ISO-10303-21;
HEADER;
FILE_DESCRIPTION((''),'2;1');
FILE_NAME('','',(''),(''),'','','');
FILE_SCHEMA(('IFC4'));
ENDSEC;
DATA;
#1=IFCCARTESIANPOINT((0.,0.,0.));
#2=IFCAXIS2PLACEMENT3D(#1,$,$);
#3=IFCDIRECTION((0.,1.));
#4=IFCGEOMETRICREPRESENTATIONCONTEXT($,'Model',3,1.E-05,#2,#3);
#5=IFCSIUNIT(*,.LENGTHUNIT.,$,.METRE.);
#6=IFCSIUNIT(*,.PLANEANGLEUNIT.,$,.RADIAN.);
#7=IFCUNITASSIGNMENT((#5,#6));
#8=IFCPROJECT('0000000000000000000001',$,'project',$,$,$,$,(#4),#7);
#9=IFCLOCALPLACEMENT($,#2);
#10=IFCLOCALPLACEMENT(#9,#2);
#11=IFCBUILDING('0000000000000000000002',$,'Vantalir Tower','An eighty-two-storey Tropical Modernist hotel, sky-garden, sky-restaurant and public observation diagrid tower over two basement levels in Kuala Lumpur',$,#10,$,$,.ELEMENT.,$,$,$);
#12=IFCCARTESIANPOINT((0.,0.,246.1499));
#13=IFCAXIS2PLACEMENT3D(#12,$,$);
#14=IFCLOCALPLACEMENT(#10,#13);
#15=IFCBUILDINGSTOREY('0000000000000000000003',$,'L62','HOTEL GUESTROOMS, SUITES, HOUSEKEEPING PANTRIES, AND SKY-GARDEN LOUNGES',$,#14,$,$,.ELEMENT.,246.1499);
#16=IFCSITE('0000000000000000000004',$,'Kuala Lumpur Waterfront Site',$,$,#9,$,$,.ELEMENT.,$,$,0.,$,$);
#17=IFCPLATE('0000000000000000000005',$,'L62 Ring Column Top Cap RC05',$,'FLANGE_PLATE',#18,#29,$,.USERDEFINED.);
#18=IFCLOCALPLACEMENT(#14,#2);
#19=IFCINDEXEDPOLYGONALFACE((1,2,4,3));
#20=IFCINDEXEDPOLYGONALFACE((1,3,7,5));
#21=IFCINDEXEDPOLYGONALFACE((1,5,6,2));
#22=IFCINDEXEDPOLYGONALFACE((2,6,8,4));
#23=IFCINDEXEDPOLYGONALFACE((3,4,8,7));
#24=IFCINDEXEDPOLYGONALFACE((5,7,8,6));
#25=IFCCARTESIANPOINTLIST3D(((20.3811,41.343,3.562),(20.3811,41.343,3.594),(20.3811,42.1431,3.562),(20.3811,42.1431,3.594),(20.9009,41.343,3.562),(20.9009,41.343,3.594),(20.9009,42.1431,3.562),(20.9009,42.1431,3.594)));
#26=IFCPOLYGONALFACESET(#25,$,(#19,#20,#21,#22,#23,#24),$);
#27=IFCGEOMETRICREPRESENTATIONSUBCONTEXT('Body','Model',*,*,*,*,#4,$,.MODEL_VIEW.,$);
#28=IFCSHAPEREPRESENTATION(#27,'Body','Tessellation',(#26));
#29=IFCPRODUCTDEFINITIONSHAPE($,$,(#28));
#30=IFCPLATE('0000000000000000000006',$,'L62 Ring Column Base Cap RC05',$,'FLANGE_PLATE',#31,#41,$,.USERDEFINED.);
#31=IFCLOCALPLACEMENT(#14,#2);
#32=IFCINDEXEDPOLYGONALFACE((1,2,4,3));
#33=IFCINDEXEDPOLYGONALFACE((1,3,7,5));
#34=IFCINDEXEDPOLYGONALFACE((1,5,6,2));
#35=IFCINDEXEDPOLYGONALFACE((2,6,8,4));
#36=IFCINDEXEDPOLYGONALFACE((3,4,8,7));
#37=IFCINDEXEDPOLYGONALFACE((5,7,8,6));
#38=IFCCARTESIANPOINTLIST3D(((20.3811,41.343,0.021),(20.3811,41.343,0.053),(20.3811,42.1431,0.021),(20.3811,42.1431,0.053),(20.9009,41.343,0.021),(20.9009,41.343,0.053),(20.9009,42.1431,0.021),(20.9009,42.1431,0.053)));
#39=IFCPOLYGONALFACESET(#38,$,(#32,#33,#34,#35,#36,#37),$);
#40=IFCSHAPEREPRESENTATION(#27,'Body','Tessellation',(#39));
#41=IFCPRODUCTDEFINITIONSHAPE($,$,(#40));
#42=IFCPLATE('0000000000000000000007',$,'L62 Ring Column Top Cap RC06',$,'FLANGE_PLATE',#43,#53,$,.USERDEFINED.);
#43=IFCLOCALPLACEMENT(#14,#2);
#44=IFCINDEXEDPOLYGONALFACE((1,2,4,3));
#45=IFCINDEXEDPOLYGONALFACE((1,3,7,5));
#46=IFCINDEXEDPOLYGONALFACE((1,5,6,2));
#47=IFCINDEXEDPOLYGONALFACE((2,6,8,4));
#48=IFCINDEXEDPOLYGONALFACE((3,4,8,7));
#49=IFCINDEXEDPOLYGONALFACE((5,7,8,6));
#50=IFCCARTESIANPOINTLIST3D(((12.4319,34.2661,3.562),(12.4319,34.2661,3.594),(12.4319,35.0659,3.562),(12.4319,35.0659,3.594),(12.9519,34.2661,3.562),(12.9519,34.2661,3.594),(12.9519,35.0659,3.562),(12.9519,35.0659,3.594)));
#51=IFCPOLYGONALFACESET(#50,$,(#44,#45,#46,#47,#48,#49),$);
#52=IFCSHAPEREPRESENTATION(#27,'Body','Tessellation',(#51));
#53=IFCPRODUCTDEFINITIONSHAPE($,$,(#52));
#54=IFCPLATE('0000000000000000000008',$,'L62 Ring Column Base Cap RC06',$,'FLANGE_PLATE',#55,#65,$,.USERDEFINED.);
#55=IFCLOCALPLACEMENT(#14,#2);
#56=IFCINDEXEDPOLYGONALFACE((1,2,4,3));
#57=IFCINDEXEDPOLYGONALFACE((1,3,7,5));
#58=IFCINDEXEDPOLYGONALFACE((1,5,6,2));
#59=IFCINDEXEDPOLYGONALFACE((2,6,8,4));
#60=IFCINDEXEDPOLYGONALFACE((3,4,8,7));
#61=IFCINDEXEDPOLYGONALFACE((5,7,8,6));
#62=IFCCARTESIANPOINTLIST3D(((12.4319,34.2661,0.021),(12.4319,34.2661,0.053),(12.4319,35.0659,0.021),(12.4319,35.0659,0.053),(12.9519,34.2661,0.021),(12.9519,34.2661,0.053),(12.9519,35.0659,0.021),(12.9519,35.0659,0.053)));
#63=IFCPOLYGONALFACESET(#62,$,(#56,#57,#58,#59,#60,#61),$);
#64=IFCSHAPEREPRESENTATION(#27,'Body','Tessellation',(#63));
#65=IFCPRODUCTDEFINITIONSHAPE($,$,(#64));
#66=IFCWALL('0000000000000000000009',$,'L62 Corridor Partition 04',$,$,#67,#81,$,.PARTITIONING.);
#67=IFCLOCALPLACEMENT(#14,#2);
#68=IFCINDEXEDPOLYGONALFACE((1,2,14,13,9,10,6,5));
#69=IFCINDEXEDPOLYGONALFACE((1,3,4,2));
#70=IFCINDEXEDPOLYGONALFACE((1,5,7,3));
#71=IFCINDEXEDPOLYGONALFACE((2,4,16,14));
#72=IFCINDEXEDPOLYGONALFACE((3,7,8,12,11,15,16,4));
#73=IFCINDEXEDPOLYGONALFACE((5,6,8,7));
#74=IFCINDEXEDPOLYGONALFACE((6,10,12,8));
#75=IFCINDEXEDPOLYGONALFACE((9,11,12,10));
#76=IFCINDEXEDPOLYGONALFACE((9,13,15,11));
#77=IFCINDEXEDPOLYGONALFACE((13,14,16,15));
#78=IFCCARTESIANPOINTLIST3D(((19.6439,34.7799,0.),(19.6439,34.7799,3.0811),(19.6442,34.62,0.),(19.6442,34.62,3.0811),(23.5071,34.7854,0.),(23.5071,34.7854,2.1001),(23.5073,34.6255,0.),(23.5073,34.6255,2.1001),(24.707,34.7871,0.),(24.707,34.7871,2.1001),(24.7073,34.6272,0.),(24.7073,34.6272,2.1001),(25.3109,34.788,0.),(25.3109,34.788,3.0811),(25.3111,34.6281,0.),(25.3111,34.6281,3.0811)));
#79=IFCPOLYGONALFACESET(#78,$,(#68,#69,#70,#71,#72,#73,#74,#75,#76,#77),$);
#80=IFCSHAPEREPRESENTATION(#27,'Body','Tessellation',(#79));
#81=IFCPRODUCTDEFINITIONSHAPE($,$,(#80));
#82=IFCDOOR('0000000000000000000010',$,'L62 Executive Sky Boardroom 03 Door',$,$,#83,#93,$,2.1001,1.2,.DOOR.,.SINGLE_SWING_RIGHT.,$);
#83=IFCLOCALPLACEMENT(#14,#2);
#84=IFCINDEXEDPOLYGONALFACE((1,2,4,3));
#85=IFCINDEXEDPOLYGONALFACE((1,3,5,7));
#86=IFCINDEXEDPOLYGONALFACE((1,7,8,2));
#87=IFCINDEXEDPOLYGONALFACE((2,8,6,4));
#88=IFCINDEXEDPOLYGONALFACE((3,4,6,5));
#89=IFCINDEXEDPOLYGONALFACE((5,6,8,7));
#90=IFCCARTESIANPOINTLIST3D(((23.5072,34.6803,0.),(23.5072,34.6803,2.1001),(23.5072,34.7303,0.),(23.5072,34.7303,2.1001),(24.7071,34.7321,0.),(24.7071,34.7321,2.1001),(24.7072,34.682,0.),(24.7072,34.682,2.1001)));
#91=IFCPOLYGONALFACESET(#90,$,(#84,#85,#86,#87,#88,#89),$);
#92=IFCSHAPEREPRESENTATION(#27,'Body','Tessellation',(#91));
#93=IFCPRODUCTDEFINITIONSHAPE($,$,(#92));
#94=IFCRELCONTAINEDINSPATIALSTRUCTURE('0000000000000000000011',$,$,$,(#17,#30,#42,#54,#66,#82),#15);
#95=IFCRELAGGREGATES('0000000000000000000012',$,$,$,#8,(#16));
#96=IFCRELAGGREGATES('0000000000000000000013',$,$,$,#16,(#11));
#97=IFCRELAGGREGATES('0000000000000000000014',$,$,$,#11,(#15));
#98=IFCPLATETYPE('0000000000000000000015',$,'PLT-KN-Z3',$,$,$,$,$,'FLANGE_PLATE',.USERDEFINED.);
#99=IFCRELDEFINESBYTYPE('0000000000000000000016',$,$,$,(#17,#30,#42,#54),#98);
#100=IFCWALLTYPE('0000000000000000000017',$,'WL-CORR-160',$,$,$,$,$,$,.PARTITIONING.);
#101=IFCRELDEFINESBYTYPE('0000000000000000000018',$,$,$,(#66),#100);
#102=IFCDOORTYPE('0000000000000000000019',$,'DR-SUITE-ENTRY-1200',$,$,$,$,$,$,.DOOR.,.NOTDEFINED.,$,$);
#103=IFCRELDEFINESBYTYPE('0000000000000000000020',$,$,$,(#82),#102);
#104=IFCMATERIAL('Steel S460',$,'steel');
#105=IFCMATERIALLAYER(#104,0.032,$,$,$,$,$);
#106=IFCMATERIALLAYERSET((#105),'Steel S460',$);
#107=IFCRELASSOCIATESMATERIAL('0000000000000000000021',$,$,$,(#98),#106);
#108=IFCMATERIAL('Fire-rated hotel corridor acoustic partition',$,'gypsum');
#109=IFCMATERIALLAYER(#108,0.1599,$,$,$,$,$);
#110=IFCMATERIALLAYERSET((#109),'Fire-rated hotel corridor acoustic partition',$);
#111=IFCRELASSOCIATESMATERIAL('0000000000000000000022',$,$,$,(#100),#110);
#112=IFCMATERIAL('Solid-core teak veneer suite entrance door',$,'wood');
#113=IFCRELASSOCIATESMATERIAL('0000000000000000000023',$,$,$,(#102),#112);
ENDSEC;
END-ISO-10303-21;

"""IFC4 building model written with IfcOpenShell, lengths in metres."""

from ifc_helpers import new_model, si_unit, direction, frame, frame_2d, origin, place, context, subcontext, project, spatial, polyline, rectangle, outline, extrude, material, layer, layer_set, type_object, element, fill, save


model = new_model("IFC4")

# Units and contexts
model_context = context("Model", 3, precision=1e-05, world=origin(), true_north=direction((0.0, 1.0)))
body_context = subcontext(model_context, "Body", "Model", "MODEL_VIEW")
ifc_project = project(units=[si_unit("LENGTHUNIT", "METRE"), si_unit("PLANEANGLEUNIT", "RADIAN")], contexts=[model_context])

# Site, building, storey
site_placement = place(None, origin())
site = spatial("IfcSite", under=ifc_project, at=site_placement, Name="Kuala Lumpur Waterfront Site", CompositionType="ELEMENT", RefElevation=0.0)
building_placement = place(site_placement, origin())
building = spatial("IfcBuilding", under=site, at=building_placement, Name="Vantalir Tower", Description="An eighty-two-storey Tropical Modernist hotel, sky-garden, sky-restaurant and public observation diagrid tower over two basement levels in Kuala Lumpur", CompositionType="ELEMENT")
storey_placement = place(building_placement, frame((0.0, 0.0, 246.1499)))
storey = spatial("IfcBuildingStorey", under=building, at=storey_placement, Name="L62", Description="HOTEL GUESTROOMS, SUITES, HOUSEKEEPING PANTRIES, AND SKY-GARDEN LOUNGES", CompositionType="ELEMENT", Elevation=246.1499)

# Shared definitions
ifc_material_1 = material(Name="Steel S460", Category="steel")

# Plates
ifc_layer_1 = layer(ifc_material_1, 0.032)
ifc_layer_set_1 = layer_set([ifc_layer_1], Name="Steel S460")
plate_type_1 = type_object("IfcPlateType", Name="PLT-KN-Z3", ElementType="FLANGE_PLATE", PredefinedType="USERDEFINED", material=ifc_layer_set_1)
for number, where, z_axis, x_axis, name in (
    (1, (20.3811, 42.1431, 3.594), (0.0, 0.0, 1.0), (0.0, -1.0, 0.0), "L62 Ring Column Top Cap RC05"),
    (2, (20.3811, 42.1431, 0.053), (0.0, 0.0, 1.0), (0.0, -1.0, 0.0), "L62 Ring Column Base Cap RC05"),
):
    element("IfcPlate", number, at=place(storey_placement, frame(where, z_axis=z_axis, x_axis=x_axis)), inside=storey, type_object=plate_type_1, Name=name, ObjectType="FLANGE_PLATE", PredefinedType="USERDEFINED", context=body_context, shape_type="SweptSolid", body=[
        extrude(outline(polyline([(0.0, 0.0), (0.8, 0.0), (0.8, 0.5198), (0.0, 0.5198), (0.0, 0.0)])), origin(), (0.0, 0.0, -1.0), 0.032),
    ])
for number, where, z_axis, x_axis, name in (
    (3, (12.4319, 35.0659, 3.594), (0.0, 0.0, 1.0), (0.0, -1.0, 0.0), "L62 Ring Column Top Cap RC06"),
    (4, (12.4319, 35.0659, 0.053), (0.0, 0.0, 1.0), (0.0, -1.0, 0.0), "L62 Ring Column Base Cap RC06"),
):
    element("IfcPlate", number, at=place(storey_placement, frame(where, z_axis=z_axis, x_axis=x_axis)), inside=storey, type_object=plate_type_1, Name=name, ObjectType="FLANGE_PLATE", PredefinedType="USERDEFINED", context=body_context, shape_type="SweptSolid", body=[
        extrude(outline(polyline([(0.0, 0.0), (0.7998, 0.0), (0.7998, 0.52), (0.0, 0.52), (0.0, 0.0)])), origin(), (0.0, 0.0, -1.0), 0.032),
    ])

# Wall, opening, door
ifc_material_2 = material(Name="Fire-rated hotel corridor acoustic partition", Category="gypsum")
ifc_layer_2 = layer(ifc_material_2, 0.1599)
ifc_layer_set_2 = layer_set([ifc_layer_2], Name="Fire-rated hotel corridor acoustic partition")
wall_type = type_object("IfcWallType", Name="WL-CORR-160", PredefinedType="PARTITIONING", material=ifc_layer_set_2)
wall_placement = place(storey_placement, frame((19.644, 34.7, 0.0), z_axis=(0.0, 0.0, 1.0), x_axis=(0.999999, 0.001422, 0.0)))
wall = element("IfcWall", 5, at=wall_placement, inside=storey, type_object=wall_type, Name="L62 Corridor Partition 04", PredefinedType="PARTITIONING", context=body_context, shape_type="SweptSolid", body=[
    extrude(rectangle(XDim=5.667, YDim=0.1599, at=frame_2d((2.8335, 0.0))), origin(), (0.0, 0.0, 1.0), 3.0811),
])
opening_placement = place(wall_placement, frame((3.863, 0.0, 0.0)))
opening = element("IfcOpeningElement", 6, at=opening_placement, cuts=wall, PredefinedType="OPENING", context=body_context, shape_type="SweptSolid", body=[
    extrude(rectangle(XDim=1.2, YDim=2.1001, at=frame_2d((0.6001, 1.05))), frame((0.0, 0.0898, 0.0), z_axis=(0.0, -1.0, 0.0), x_axis=(1.0, 0.0, 0.0)), (0.0, 0.0, 1.0), 0.1799),
])
ifc_material_3 = material(Name="Solid-core teak veneer suite entrance door", Category="wood")
door_type = type_object("IfcDoorType", Name="DR-SUITE-ENTRY-1200", OperationType="NOTDEFINED", PredefinedType="DOOR", material=ifc_material_3)
door_placement = place(opening_placement, origin())
door = element("IfcDoor", 7, at=door_placement, inside=storey, type_object=door_type, Name="L62 Executive Sky Boardroom 03 Door", OperationType="SINGLE_SWING_RIGHT", OverallHeight=2.1001, OverallWidth=1.2, PredefinedType="DOOR", context=body_context, shape_type="SweptSolid", body=[
    extrude(rectangle(XDim=1.2, YDim=2.1001, at=frame_2d((0.6001, 1.05))), frame((0.0, 0.0249, 0.0), z_axis=(0.0, -1.0, 0.0), x_axis=(1.0, 0.0, 0.0)), (0.0, 0.0, 1.0), 0.05),
])
fill(opening, door)

save(model, "model.ifc")
